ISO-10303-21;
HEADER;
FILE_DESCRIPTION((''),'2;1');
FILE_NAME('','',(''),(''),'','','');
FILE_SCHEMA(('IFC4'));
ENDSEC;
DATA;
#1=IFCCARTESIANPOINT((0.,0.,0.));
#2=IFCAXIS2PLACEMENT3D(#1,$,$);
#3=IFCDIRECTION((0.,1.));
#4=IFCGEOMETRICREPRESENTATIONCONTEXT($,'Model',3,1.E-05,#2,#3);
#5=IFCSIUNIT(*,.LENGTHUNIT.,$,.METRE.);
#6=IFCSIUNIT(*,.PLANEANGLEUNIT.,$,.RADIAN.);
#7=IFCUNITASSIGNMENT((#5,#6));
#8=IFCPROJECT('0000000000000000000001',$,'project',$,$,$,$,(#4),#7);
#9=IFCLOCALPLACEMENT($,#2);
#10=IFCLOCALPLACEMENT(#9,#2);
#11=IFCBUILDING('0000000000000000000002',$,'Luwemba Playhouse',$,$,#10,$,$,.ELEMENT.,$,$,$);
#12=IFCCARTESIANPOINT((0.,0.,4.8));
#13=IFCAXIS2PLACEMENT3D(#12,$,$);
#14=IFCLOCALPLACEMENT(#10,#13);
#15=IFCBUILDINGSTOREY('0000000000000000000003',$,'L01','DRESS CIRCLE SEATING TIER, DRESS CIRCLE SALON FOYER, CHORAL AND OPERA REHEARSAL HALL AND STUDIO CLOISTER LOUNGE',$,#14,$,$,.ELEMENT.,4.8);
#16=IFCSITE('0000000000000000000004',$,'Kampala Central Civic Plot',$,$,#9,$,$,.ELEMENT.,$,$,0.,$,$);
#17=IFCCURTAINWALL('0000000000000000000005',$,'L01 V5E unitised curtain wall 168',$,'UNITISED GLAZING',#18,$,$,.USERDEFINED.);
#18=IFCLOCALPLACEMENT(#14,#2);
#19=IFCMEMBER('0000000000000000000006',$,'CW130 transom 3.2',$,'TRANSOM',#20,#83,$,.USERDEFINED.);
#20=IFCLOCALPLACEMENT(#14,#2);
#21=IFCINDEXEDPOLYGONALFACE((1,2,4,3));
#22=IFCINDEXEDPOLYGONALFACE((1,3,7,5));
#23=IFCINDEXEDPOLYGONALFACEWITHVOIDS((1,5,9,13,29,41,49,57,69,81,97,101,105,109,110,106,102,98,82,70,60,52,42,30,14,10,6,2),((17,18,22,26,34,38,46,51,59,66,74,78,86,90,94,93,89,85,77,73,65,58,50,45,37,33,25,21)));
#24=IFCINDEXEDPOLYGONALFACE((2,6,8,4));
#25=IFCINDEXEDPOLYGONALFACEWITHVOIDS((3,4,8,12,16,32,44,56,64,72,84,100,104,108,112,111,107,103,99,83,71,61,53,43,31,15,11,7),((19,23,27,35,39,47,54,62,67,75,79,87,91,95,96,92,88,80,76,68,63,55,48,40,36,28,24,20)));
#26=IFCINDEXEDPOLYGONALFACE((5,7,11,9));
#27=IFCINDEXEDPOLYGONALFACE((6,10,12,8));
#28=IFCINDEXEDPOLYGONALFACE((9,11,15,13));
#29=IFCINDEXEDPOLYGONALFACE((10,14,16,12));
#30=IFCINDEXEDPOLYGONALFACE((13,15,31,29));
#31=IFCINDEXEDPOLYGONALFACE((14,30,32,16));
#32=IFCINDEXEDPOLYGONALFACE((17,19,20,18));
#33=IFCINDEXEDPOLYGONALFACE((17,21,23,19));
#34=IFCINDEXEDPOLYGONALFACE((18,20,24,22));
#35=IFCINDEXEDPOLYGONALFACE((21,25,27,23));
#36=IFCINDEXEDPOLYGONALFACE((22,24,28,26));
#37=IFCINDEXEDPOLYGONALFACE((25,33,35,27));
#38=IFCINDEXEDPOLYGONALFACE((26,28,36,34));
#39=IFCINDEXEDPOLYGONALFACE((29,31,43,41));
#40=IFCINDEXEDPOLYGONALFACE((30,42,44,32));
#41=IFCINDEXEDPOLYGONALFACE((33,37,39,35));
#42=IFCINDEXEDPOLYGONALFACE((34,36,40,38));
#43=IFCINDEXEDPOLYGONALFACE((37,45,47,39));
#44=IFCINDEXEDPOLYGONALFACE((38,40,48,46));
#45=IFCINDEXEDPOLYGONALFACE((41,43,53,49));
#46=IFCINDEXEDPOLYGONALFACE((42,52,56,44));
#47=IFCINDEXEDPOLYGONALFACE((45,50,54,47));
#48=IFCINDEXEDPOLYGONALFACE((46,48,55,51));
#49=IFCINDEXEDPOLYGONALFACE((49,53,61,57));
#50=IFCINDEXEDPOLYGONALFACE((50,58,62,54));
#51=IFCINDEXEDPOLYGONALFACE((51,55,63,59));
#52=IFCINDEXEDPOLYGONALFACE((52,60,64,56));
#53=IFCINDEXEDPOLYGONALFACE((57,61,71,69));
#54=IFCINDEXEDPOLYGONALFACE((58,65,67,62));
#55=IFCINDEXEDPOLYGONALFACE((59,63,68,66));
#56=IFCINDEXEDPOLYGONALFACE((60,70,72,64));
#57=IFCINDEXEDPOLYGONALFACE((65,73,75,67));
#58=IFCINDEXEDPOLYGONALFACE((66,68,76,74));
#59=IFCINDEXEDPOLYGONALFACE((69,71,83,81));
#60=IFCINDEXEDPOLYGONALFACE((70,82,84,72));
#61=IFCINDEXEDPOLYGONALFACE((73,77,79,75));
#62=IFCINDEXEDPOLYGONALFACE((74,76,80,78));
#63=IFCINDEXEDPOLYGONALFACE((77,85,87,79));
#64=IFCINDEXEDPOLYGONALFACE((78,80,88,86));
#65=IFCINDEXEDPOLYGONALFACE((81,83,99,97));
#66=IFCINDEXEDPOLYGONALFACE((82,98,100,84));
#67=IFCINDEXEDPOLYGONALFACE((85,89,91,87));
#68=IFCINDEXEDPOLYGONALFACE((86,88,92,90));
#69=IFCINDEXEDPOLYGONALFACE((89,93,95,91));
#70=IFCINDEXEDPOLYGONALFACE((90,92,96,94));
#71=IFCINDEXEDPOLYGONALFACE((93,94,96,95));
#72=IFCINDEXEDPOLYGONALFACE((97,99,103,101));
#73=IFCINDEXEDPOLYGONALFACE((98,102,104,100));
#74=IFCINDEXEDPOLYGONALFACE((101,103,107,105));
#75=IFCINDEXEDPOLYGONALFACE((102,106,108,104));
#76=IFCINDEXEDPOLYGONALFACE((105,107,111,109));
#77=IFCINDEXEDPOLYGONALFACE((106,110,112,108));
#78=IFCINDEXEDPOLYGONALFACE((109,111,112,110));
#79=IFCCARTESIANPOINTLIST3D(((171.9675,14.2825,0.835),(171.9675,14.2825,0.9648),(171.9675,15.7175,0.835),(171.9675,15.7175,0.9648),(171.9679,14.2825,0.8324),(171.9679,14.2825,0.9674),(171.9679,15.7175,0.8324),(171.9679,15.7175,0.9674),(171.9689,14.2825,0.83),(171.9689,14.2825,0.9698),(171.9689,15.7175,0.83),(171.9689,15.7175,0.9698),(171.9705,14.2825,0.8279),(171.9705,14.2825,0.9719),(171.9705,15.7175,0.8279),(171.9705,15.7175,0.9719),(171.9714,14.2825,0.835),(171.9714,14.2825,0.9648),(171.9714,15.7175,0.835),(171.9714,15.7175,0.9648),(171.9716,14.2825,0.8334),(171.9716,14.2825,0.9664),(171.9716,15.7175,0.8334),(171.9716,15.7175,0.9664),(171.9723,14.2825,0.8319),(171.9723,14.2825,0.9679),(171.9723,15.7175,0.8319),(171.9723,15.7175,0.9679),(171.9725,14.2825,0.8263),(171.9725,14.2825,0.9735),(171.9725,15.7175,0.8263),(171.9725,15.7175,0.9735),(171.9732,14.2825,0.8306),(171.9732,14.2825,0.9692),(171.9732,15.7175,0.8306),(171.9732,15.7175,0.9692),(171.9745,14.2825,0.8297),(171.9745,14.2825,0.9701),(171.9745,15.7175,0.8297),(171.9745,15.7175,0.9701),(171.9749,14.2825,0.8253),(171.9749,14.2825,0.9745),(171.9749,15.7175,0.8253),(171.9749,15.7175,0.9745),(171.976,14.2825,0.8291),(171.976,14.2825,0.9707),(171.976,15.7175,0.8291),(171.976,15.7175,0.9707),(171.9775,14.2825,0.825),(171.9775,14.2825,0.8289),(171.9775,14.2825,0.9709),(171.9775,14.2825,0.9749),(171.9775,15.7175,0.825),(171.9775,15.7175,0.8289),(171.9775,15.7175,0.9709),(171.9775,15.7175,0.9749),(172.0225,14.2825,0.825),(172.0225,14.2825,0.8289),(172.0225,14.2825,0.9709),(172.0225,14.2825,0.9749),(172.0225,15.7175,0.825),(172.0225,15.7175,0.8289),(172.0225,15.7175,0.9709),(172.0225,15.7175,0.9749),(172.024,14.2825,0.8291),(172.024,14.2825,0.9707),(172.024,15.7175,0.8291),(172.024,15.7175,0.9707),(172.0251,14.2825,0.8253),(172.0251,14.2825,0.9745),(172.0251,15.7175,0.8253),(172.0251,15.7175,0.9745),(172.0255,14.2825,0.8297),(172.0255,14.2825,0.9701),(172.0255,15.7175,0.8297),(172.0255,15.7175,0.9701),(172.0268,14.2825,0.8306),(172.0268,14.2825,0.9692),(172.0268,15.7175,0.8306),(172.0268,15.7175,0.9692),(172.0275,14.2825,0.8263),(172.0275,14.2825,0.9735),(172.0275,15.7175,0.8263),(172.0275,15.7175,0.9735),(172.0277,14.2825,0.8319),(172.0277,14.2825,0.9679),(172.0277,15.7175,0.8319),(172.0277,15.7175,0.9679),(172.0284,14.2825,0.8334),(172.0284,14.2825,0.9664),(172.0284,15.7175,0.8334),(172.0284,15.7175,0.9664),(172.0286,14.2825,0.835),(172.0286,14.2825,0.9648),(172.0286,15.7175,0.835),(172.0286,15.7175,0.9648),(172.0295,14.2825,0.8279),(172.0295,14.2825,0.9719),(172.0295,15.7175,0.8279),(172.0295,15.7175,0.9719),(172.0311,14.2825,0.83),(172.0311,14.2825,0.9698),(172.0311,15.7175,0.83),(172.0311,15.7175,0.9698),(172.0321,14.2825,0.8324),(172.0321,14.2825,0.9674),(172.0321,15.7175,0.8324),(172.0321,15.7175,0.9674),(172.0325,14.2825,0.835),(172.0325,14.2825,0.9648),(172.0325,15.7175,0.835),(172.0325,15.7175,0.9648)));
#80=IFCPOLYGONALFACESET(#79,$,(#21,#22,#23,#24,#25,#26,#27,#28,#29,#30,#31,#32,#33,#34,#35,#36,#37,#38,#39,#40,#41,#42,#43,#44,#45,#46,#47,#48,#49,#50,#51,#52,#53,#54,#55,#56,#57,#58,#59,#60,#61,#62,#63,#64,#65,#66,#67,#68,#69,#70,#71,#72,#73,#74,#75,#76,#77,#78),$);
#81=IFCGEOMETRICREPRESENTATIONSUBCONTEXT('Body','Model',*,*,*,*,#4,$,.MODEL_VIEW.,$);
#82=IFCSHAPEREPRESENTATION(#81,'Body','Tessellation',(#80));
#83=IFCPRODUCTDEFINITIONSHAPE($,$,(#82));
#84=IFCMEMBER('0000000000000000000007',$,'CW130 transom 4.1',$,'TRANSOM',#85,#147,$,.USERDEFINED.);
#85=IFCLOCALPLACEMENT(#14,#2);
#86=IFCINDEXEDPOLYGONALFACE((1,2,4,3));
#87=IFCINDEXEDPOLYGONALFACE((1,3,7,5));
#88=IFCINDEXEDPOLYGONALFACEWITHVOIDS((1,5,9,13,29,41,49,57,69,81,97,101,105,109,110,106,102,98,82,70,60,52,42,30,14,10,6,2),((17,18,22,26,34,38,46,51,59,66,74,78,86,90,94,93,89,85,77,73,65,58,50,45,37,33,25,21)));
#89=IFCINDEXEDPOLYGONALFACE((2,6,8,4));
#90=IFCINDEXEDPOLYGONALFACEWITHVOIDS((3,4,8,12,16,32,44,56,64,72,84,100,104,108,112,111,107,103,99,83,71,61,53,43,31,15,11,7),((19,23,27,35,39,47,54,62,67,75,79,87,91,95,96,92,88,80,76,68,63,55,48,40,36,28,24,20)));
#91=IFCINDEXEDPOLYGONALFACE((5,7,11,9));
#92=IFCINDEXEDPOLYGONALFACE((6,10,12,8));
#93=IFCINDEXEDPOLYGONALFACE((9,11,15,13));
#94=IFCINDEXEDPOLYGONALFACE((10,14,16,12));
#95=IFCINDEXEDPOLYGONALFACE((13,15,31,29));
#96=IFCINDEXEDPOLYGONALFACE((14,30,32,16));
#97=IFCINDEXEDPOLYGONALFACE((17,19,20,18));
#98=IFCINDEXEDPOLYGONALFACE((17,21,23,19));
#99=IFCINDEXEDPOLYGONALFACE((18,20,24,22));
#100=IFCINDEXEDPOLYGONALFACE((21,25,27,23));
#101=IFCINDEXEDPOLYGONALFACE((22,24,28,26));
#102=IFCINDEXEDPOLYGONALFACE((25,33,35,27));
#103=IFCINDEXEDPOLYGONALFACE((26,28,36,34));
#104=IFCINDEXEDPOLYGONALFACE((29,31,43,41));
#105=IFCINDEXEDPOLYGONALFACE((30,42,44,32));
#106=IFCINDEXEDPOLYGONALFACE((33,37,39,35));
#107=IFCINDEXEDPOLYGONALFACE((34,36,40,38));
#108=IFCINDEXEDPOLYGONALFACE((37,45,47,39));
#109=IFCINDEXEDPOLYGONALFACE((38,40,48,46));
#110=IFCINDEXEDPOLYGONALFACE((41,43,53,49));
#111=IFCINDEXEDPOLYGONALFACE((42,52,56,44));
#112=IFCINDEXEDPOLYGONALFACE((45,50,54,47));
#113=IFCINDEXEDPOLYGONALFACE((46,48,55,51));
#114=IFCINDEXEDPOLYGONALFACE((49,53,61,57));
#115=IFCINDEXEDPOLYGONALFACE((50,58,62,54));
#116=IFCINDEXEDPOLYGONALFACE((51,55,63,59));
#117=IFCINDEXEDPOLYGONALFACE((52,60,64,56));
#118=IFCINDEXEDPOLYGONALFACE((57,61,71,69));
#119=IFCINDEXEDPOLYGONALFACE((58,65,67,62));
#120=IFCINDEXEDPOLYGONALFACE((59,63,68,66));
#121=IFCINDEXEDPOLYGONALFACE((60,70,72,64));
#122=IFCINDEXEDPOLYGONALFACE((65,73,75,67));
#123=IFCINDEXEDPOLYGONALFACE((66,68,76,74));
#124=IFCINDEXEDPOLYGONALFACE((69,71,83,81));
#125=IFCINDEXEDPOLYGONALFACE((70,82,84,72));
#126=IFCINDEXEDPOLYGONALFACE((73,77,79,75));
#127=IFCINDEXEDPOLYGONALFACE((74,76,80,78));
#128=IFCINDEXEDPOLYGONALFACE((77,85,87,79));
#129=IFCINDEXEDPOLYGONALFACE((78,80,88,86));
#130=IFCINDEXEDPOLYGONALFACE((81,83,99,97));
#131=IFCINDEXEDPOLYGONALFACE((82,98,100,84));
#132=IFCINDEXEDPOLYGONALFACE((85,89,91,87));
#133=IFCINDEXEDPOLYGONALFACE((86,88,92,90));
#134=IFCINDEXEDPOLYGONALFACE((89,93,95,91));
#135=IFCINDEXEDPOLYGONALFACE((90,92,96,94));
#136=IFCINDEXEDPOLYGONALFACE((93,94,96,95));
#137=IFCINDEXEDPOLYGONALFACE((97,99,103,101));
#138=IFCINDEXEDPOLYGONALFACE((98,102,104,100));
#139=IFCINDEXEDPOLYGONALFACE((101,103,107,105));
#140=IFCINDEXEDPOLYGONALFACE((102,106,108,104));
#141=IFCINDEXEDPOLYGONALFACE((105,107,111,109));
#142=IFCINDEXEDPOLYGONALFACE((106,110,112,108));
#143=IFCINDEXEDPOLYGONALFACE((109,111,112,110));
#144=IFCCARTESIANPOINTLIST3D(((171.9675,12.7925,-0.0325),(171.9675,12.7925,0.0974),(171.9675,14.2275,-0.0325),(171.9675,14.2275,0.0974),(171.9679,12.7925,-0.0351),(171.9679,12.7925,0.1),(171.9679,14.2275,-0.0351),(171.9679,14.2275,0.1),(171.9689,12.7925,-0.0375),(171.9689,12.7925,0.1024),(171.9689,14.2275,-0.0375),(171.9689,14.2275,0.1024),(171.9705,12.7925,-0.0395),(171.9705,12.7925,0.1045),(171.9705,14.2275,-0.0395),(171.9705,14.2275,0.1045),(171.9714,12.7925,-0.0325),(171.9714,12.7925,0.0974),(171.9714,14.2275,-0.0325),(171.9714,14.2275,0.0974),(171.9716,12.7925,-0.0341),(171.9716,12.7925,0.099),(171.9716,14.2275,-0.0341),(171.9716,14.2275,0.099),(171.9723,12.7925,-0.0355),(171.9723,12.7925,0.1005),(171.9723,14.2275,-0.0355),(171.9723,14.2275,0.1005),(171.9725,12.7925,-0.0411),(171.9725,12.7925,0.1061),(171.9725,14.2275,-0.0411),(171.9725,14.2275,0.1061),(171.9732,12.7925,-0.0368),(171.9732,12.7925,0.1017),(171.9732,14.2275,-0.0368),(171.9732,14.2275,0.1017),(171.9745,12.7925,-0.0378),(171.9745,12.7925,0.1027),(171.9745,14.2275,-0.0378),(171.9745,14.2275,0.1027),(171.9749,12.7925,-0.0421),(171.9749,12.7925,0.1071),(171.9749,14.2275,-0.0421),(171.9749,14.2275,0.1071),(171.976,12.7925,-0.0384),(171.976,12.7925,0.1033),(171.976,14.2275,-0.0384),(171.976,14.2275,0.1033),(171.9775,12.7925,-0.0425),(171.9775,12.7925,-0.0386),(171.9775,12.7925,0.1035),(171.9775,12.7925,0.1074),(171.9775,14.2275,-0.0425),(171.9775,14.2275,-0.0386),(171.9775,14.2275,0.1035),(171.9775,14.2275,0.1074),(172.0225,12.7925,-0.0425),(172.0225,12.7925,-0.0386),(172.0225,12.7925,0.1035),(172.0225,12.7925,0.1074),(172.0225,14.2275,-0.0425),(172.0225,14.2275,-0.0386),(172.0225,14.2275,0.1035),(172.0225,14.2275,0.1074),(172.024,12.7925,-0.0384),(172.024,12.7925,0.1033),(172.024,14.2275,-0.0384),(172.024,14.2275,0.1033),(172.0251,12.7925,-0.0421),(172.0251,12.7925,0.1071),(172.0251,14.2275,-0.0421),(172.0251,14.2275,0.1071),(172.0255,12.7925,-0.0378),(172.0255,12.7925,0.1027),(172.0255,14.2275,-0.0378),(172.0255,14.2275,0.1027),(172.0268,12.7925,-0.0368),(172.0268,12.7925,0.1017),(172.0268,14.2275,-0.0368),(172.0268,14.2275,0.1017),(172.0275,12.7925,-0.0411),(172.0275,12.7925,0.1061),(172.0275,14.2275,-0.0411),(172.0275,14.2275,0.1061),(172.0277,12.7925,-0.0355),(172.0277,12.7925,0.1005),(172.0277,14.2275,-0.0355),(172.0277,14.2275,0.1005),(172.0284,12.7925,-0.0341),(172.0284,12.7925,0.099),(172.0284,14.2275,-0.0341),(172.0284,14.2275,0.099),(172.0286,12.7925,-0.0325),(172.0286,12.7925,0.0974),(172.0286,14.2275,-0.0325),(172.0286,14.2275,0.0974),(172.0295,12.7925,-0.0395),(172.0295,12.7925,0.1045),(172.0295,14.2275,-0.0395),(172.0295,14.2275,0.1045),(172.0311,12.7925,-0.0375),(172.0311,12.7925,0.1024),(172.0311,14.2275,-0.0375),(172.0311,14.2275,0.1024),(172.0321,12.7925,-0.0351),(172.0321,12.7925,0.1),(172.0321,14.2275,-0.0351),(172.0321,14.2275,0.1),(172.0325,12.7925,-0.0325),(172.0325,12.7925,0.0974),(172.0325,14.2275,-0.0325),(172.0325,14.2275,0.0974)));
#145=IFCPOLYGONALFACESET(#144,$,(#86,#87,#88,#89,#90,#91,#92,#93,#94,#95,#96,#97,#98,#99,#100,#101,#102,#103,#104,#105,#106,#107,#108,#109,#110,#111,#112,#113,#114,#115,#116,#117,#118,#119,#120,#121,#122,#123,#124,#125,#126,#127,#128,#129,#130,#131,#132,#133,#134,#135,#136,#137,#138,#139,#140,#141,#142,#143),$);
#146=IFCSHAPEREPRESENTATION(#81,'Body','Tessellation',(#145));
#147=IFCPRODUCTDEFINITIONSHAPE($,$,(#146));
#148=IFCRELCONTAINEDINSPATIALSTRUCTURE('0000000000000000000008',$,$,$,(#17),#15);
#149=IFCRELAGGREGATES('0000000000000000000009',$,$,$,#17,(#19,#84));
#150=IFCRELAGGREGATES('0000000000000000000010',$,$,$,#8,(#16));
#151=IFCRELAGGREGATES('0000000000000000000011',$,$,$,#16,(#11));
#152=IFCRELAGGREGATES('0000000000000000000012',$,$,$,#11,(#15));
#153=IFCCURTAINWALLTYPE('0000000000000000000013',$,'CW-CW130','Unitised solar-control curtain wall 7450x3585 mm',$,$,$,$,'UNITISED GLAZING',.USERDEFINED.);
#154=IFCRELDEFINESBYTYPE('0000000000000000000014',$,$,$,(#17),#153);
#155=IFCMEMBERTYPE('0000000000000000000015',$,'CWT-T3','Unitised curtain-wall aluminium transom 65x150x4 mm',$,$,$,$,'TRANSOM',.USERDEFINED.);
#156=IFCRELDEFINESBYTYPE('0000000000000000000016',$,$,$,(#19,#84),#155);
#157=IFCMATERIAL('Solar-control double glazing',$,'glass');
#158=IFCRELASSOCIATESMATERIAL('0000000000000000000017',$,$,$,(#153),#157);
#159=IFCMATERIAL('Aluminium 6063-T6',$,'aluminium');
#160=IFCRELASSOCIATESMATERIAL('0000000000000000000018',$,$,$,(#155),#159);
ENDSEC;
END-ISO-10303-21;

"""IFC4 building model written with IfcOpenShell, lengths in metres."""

from ifc_helpers import new_model, si_unit, direction, frame, origin, origin_2d, place, context, subcontext, project, spatial, hollow_rectangle, extrude, material, material_profile, profile_set, type_object, element, aggregate, save


model = new_model("IFC4")

# Units and contexts
model_context = context("Model", 3, precision=1e-05, world=origin(), true_north=direction((0.0, 1.0)))
body_context = subcontext(model_context, "Body", "Model", "MODEL_VIEW")
ifc_project = project(units=[si_unit("LENGTHUNIT", "METRE"), si_unit("PLANEANGLEUNIT", "RADIAN")], contexts=[model_context])

# Site, building, storey
site_placement = place(None, origin())
site = spatial("IfcSite", under=ifc_project, at=site_placement, Name="Kampala Central Civic Plot", CompositionType="ELEMENT", RefElevation=0.0)
building_placement = place(site_placement, origin())
building = spatial("IfcBuilding", under=site, at=building_placement, Name="Luwemba Playhouse", CompositionType="ELEMENT")
storey_placement = place(building_placement, frame((0.0, 0.0, 4.8)))
storey = spatial("IfcBuildingStorey", under=building, at=storey_placement, Name="L01", Description="DRESS CIRCLE SEATING TIER, DRESS CIRCLE SALON FOYER, CHORAL AND OPERA REHEARSAL HALL AND STUDIO CLOISTER LOUNGE", CompositionType="ELEMENT", Elevation=4.8)

# Curtain wall
ifc_material_1 = material(Name="Solar-control double glazing", Category="glass")
curtain_wall_type_1 = type_object("IfcCurtainWallType", Name="CW-CW130", Description="Unitised solar-control curtain wall 7450x3585 mm", ElementType="UNITISED GLAZING", PredefinedType="USERDEFINED", material=ifc_material_1)
curtain_wall_1_placement = place(storey_placement, origin())
curtain_wall_1 = element("IfcCurtainWall", 1, at=curtain_wall_1_placement, inside=storey, type_object=curtain_wall_type_1, Name="L01 V5E unitised curtain wall 168", ObjectType="UNITISED GLAZING", PredefinedType="USERDEFINED")
ifc_material_2 = material(Name="Aluminium 6063-T6", Category="aluminium")

# Members
ifc_material_profile_1 = material_profile(ifc_material_2, hollow_rectangle(XDim=0.0649, YDim=0.1499, WallThickness=0.0039, InnerFilletRadius=0.0061, OuterFilletRadius=0.01, at=origin_2d()))
ifc_profile_set_1 = profile_set([ifc_material_profile_1], Name="Aluminium 6063-T6")
member_type_1 = type_object("IfcMemberType", Name="CWT-T3", Description="Unitised curtain-wall aluminium transom 65x150x4 mm", ElementType="TRANSOM", PredefinedType="USERDEFINED", material=ifc_profile_set_1)
member_1_placement = place(storey_placement, frame((172.0, 15.7175, 0.8999), z_axis=(0.0, -1.0, 0.0), x_axis=(1.0, 0.0, 0.0)))
member_1 = element("IfcMember", 2, at=member_1_placement, type_object=member_type_1, Name="CW130 transom 3.2", ObjectType="TRANSOM", PredefinedType="USERDEFINED", context=body_context, shape_type="SweptSolid", body=[
    extrude(hollow_rectangle(XDim=0.0649, YDim=0.1499, WallThickness=0.0039, InnerFilletRadius=0.0061, OuterFilletRadius=0.01, at=origin_2d()), origin(), (0.0, 0.0, 1.0), 1.4351),
])
member_2_placement = place(storey_placement, frame((172.0, 14.2275, 0.0325), z_axis=(0.0, -1.0, 0.0), x_axis=(1.0, 0.0, 0.0)))
member_2 = element("IfcMember", 3, at=member_2_placement, type_object=member_type_1, Name="CW130 transom 4.1", ObjectType="TRANSOM", PredefinedType="USERDEFINED", context=body_context, shape_type="SweptSolid", body=[
    extrude(hollow_rectangle(XDim=0.0649, YDim=0.1499, WallThickness=0.0039, InnerFilletRadius=0.0061, OuterFilletRadius=0.01, at=origin_2d()), origin(), (0.0, 0.0, 1.0), 1.4351),
])

aggregate(curtain_wall_1, [member_1, member_2])

save(model, "model.ifc")
